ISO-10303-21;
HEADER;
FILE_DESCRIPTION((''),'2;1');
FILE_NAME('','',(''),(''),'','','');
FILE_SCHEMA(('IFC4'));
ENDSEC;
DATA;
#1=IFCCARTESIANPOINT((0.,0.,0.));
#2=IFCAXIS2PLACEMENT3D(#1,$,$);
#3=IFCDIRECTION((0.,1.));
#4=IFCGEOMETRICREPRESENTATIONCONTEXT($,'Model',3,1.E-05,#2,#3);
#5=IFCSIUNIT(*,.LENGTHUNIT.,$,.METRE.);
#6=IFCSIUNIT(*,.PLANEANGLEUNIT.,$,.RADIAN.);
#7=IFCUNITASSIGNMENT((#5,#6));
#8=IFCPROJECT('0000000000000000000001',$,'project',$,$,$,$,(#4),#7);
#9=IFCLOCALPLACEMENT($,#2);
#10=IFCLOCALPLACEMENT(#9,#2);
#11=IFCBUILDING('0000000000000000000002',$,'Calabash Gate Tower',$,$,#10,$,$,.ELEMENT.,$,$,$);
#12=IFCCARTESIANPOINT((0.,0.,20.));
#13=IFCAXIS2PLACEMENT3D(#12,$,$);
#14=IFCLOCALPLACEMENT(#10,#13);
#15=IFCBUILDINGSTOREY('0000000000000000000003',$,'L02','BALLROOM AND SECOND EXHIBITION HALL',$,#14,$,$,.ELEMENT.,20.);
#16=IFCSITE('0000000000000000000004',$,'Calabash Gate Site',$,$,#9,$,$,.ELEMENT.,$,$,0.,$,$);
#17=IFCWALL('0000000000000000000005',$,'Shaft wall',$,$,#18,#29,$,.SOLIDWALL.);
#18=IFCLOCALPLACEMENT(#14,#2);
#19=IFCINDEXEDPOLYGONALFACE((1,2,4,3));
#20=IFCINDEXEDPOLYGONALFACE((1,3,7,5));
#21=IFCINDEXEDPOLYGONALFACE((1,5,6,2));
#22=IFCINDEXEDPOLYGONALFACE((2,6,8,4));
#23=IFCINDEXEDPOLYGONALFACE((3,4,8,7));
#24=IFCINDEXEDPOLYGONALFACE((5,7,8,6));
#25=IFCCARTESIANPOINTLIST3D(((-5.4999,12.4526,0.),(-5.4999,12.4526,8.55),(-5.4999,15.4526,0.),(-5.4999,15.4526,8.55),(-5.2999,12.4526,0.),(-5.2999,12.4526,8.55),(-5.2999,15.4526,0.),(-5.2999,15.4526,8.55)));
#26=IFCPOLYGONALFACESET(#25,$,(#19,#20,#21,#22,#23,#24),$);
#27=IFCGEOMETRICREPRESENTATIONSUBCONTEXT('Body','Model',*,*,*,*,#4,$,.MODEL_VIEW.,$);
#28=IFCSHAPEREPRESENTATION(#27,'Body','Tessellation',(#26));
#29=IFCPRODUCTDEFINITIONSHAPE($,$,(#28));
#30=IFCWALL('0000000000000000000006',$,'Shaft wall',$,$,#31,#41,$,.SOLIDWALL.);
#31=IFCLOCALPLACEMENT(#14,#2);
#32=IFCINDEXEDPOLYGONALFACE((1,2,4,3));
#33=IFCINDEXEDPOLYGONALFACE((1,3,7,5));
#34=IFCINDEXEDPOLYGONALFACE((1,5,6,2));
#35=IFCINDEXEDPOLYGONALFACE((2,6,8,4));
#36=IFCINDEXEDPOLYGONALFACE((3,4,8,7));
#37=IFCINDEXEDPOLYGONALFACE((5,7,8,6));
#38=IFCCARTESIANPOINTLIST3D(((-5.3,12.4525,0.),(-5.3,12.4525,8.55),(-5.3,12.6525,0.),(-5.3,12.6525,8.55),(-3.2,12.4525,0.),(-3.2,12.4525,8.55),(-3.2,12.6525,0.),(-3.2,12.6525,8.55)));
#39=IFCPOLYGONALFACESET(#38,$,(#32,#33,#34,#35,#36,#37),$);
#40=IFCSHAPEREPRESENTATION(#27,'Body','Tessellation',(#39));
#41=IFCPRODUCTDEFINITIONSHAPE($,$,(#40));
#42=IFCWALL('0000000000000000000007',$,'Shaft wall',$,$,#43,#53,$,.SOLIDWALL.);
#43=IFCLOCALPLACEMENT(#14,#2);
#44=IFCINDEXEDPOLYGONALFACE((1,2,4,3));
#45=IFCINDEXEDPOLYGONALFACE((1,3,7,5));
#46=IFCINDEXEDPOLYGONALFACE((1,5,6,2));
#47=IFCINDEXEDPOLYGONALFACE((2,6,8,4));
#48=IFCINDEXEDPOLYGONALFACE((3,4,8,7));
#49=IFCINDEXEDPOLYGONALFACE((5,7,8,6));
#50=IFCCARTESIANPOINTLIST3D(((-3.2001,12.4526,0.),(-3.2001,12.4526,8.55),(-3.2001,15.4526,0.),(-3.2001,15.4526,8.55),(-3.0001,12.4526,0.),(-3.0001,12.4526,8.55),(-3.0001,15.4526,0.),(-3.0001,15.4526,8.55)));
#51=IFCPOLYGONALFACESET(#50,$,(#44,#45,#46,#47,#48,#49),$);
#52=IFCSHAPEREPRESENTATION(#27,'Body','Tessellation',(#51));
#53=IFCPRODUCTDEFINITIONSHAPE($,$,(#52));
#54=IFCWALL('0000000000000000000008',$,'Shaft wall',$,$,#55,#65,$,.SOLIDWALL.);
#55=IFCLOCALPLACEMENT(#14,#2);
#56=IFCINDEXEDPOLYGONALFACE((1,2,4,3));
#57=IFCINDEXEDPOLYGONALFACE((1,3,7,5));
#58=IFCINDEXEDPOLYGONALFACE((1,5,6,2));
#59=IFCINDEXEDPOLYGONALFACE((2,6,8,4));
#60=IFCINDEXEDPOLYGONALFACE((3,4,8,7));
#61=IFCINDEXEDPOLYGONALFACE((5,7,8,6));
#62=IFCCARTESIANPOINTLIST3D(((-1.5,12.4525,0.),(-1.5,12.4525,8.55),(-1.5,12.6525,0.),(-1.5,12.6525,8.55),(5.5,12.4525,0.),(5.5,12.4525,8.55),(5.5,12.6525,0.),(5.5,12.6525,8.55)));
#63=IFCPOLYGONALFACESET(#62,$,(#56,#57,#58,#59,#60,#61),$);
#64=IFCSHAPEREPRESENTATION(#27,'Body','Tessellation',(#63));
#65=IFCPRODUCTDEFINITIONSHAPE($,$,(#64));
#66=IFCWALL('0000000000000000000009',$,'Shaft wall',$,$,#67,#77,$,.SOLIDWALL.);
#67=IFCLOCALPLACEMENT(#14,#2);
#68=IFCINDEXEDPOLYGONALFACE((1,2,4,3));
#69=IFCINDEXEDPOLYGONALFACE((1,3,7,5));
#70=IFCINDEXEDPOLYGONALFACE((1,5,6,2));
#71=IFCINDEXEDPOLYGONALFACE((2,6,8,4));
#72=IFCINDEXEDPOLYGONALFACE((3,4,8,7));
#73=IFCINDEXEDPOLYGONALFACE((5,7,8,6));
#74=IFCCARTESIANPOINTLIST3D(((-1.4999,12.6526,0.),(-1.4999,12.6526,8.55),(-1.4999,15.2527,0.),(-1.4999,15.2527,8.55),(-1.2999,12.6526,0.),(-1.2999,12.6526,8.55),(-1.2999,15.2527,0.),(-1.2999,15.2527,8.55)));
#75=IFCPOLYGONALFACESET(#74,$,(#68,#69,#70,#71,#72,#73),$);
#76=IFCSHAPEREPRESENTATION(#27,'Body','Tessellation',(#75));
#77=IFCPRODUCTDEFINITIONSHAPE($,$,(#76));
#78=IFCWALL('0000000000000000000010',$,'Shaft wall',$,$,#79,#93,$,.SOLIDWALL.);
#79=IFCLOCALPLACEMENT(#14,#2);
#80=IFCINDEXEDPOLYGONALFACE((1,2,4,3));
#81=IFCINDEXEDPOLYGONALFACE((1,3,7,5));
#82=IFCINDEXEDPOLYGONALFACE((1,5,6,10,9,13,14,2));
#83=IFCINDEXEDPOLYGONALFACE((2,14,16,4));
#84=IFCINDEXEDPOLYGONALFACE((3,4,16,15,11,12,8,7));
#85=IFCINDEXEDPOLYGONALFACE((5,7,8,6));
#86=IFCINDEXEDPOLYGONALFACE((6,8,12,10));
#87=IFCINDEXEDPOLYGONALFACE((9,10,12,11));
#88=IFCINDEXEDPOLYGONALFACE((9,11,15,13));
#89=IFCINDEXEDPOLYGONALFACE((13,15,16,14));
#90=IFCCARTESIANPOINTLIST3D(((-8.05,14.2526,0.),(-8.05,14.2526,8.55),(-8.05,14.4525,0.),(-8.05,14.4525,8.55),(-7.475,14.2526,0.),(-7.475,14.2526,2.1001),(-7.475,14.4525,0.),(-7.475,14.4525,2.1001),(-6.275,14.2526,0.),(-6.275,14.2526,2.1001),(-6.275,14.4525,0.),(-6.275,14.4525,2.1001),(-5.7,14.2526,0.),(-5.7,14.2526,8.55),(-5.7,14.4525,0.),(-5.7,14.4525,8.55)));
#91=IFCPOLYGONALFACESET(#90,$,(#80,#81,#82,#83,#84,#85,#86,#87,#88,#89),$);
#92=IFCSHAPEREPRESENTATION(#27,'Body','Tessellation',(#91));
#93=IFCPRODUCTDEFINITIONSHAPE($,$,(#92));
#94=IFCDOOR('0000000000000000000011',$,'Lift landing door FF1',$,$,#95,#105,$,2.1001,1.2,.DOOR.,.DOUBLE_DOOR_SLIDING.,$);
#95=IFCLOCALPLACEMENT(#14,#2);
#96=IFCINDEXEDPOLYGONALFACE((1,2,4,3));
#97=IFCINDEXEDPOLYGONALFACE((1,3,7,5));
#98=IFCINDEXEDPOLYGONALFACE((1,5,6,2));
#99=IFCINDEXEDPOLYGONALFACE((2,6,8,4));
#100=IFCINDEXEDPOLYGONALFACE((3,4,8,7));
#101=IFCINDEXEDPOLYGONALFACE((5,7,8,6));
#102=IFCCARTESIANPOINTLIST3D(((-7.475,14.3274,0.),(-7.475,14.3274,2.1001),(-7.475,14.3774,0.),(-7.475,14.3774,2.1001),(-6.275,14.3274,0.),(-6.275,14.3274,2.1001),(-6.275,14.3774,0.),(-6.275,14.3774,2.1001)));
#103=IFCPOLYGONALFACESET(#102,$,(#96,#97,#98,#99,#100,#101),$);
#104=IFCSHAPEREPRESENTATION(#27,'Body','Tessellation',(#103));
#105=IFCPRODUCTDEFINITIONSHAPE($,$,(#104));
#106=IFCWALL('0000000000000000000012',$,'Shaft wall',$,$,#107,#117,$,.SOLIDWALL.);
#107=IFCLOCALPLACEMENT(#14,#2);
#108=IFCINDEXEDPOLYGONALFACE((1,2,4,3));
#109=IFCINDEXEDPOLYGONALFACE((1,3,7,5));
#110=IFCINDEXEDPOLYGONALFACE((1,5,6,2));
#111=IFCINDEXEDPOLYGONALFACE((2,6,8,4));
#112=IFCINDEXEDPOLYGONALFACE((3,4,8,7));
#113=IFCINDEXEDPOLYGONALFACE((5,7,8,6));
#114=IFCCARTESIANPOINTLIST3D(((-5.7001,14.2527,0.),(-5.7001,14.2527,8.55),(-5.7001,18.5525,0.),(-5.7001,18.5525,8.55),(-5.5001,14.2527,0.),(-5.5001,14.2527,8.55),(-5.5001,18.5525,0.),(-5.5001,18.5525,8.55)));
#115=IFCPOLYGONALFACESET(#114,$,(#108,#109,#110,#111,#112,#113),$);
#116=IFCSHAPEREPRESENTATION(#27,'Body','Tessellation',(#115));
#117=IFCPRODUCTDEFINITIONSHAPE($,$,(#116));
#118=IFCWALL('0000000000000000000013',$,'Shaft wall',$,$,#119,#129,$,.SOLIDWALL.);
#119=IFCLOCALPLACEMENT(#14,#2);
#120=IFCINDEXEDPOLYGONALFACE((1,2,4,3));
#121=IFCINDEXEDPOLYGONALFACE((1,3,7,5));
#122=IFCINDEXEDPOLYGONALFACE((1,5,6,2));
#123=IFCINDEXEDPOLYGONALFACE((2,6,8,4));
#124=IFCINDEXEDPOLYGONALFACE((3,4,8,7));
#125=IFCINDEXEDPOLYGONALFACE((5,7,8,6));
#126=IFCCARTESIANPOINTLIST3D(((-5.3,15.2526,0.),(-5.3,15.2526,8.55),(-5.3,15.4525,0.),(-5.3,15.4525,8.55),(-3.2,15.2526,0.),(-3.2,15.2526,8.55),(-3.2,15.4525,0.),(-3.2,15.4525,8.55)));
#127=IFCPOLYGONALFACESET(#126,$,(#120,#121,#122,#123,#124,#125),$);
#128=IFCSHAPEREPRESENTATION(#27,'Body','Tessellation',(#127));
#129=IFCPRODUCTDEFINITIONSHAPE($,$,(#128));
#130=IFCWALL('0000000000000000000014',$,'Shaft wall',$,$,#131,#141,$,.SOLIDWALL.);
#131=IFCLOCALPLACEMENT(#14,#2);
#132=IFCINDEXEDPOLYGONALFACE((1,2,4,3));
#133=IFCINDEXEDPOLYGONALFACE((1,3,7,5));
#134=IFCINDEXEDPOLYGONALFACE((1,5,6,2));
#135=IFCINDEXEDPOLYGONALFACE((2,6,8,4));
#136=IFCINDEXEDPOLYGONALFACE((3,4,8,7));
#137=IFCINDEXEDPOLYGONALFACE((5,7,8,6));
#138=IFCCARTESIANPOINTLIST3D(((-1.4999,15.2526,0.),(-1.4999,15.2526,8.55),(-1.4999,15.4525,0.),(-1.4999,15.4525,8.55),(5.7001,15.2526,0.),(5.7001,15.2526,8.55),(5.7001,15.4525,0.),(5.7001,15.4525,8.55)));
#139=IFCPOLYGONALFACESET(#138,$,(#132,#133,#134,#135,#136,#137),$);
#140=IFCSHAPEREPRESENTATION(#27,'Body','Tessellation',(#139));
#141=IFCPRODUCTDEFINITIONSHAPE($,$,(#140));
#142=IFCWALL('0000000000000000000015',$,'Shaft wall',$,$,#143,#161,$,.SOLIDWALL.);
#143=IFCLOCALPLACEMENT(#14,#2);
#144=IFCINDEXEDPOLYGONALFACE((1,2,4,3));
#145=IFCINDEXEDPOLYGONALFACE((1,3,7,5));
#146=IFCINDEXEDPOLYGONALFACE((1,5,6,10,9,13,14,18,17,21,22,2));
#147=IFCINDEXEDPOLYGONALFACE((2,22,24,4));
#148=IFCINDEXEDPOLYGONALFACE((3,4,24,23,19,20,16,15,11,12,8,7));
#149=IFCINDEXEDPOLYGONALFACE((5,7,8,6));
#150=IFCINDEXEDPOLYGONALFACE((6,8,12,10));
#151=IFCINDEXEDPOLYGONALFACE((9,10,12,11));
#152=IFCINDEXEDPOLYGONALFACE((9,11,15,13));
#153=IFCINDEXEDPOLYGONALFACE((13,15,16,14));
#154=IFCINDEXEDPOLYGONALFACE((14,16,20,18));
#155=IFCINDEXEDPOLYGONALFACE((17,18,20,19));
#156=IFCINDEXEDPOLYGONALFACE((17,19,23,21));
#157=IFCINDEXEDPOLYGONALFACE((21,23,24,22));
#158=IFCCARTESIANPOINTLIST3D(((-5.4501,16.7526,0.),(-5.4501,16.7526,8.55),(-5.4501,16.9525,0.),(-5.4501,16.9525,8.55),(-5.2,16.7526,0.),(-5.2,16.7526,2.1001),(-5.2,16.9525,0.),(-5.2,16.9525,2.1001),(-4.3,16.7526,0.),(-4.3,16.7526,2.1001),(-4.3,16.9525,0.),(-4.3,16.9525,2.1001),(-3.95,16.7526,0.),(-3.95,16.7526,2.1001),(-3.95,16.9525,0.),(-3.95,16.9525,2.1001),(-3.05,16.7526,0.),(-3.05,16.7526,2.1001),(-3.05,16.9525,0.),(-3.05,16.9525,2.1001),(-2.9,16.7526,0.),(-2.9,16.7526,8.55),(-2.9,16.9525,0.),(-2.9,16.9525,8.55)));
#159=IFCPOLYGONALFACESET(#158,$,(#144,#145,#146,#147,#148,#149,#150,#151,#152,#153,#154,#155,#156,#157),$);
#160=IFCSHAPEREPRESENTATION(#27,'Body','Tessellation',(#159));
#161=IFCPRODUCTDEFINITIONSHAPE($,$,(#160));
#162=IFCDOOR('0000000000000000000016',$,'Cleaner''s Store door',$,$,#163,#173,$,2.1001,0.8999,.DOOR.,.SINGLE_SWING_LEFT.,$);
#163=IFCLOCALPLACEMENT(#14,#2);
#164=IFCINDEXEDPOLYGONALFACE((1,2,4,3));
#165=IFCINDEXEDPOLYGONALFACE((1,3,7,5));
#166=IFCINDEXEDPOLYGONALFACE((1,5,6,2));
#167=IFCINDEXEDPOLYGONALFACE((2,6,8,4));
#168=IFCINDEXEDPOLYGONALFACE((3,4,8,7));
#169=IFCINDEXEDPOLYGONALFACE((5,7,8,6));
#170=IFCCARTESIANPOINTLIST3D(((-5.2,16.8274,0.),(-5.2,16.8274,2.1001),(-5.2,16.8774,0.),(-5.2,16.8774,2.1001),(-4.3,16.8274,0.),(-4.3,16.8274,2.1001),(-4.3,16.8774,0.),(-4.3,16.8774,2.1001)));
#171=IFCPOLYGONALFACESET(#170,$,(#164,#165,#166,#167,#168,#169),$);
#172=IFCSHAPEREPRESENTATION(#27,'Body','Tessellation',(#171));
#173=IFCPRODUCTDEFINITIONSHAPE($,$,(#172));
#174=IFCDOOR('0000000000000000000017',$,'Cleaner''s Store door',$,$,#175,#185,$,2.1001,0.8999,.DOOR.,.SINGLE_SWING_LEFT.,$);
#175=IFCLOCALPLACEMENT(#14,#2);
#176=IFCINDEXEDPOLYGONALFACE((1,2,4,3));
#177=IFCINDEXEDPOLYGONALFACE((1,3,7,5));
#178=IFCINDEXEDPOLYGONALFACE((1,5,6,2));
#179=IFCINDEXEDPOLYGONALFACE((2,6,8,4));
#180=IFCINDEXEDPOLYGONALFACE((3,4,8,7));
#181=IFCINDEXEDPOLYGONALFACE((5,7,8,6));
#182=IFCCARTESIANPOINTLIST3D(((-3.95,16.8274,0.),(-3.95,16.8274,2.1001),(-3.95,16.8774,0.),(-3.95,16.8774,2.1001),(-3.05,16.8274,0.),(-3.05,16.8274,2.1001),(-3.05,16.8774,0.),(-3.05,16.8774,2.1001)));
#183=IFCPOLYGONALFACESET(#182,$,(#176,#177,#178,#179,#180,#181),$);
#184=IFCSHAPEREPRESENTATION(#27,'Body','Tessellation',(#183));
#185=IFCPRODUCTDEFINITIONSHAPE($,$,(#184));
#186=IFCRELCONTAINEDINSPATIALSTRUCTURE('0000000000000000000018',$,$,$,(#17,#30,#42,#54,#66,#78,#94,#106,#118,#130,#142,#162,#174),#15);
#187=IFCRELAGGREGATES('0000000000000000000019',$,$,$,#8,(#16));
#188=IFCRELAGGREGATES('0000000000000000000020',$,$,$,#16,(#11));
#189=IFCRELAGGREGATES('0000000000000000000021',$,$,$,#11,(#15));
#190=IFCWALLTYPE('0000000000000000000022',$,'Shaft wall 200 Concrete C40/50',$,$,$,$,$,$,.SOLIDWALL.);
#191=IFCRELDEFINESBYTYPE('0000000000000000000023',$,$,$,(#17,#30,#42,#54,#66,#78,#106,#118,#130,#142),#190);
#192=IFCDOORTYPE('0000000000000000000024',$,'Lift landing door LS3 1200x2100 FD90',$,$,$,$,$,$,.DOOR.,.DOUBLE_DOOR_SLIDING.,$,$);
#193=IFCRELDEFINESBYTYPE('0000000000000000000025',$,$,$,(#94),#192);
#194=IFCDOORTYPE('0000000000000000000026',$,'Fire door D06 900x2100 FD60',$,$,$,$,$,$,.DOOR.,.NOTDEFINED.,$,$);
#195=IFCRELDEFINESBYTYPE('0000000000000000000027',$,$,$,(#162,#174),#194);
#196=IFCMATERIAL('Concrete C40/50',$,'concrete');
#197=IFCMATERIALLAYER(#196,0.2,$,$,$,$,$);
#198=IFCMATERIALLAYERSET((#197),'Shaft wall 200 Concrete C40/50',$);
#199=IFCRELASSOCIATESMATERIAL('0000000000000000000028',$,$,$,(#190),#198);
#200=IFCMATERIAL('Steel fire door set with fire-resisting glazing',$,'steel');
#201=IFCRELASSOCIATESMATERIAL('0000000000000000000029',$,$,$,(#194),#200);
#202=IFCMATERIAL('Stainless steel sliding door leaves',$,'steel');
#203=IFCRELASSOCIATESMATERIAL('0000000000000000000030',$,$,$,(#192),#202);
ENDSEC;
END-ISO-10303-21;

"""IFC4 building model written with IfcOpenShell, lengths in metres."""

from ifc_helpers import new_model, si_unit, direction, frame, frame_2d, origin, place, context, subcontext, project, spatial, rectangle, extrude, material, layer, layer_set, type_object, element, fill, save


model = new_model("IFC4")

# Units and contexts
model_context = context("Model", 3, precision=1e-05, world=origin(), true_north=direction((0.0, 1.0)))
body_context = subcontext(model_context, "Body", "Model", "MODEL_VIEW")
ifc_project = project(units=[si_unit("LENGTHUNIT", "METRE"), si_unit("PLANEANGLEUNIT", "RADIAN")], contexts=[model_context])

# Site, building, storey
site_placement = place(None, origin())
site = spatial("IfcSite", under=ifc_project, at=site_placement, Name="Calabash Gate Site", CompositionType="ELEMENT", RefElevation=0.0)
building_placement = place(site_placement, origin())
building = spatial("IfcBuilding", under=site, at=building_placement, Name="Calabash Gate Tower", CompositionType="ELEMENT")
storey_placement = place(building_placement, frame((0.0, 0.0, 20.0)))
storey = spatial("IfcBuildingStorey", under=building, at=storey_placement, Name="L02", Description="BALLROOM AND SECOND EXHIBITION HALL", CompositionType="ELEMENT", Elevation=20.0)

# Shared definitions
ifc_material_1 = material(Name="Concrete C40/50", Category="concrete")
ifc_layer_1 = layer(ifc_material_1, 0.2)
ifc_layer_set_1 = layer_set([ifc_layer_1], Name="Shaft wall 200 Concrete C40/50")
wall_type_1 = type_object("IfcWallType", Name="Shaft wall 200 Concrete C40/50", PredefinedType="SOLIDWALL", material=ifc_layer_set_1)
ifc_material_2 = material(Name="Steel fire door set with fire-resisting glazing", Category="steel")
door_type_1 = type_object("IfcDoorType", Name="Fire door D06 900x2100 FD60", OperationType="NOTDEFINED", PredefinedType="DOOR", material=ifc_material_2)

# Walls
wall_1_placement = place(storey_placement, frame((-5.3999, 12.4526, 0.0), z_axis=(0.0, 0.0, 1.0), x_axis=(0.0, 1.0, 0.0)))
element("IfcWall", 1, at=wall_1_placement, inside=storey, type_object=wall_type_1, Name="Shaft wall", PredefinedType="SOLIDWALL", context=body_context, shape_type="SweptSolid", body=[
    extrude(rectangle(XDim=3.0, YDim=0.2, at=frame_2d((1.5, 0.0))), origin(), (0.0, 0.0, 1.0), 8.55),
])
wall_2_placement = place(storey_placement, frame((-5.3, 12.5525, 0.0), z_axis=(0.0, 0.0, 1.0), x_axis=(1.0, 0.0, 0.0)))
element("IfcWall", 2, at=wall_2_placement, inside=storey, type_object=wall_type_1, Name="Shaft wall", PredefinedType="SOLIDWALL", context=body_context, shape_type="SweptSolid", body=[
    extrude(rectangle(XDim=2.1001, YDim=0.2, at=frame_2d((1.05, 0.0))), origin(), (0.0, 0.0, 1.0), 8.55),
])
wall_3_placement = place(storey_placement, frame((-3.1001, 12.4526, 0.0), z_axis=(0.0, 0.0, 1.0), x_axis=(0.0, 1.0, 0.0)))
element("IfcWall", 3, at=wall_3_placement, inside=storey, type_object=wall_type_1, Name="Shaft wall", PredefinedType="SOLIDWALL", context=body_context, shape_type="SweptSolid", body=[
    extrude(rectangle(XDim=3.0, YDim=0.2, at=frame_2d((1.5, 0.0))), origin(), (0.0, 0.0, 1.0), 8.55),
])
wall_4_placement = place(storey_placement, frame((-1.5, 12.5525, 0.0), z_axis=(0.0, 0.0, 1.0), x_axis=(1.0, 0.0, 0.0)))
element("IfcWall", 4, at=wall_4_placement, inside=storey, type_object=wall_type_1, Name="Shaft wall", PredefinedType="SOLIDWALL", context=body_context, shape_type="SweptSolid", body=[
    extrude(rectangle(XDim=7.0, YDim=0.2, at=frame_2d((3.5, 0.0))), origin(), (0.0, 0.0, 1.0), 8.55),
])
wall_5_placement = place(storey_placement, frame((-1.3999, 12.6526, 0.0), z_axis=(0.0, 0.0, 1.0), x_axis=(0.0, 1.0, 0.0)))
element("IfcWall", 5, at=wall_5_placement, inside=storey, type_object=wall_type_1, Name="Shaft wall", PredefinedType="SOLIDWALL", context=body_context, shape_type="SweptSolid", body=[
    extrude(rectangle(XDim=2.6001, YDim=0.2, at=frame_2d((1.3, 0.0))), origin(), (0.0, 0.0, 1.0), 8.55),
])

# Wall, opening, door
wall_6_placement = place(storey_placement, frame((-8.05, 14.3525, 0.0), z_axis=(0.0, 0.0, 1.0), x_axis=(1.0, 0.0, 0.0)))
wall_6 = element("IfcWall", 6, at=wall_6_placement, inside=storey, type_object=wall_type_1, Name="Shaft wall", PredefinedType="SOLIDWALL", context=body_context, shape_type="SweptSolid", body=[
    extrude(rectangle(XDim=2.3501, YDim=0.2, at=frame_2d((1.175, 0.0))), origin(), (0.0, 0.0, 1.0), 8.55),
])
opening_1_placement = place(wall_6_placement, frame((0.575, 0.0, 0.0)))
opening_1 = element("IfcOpeningElement", 7, at=opening_1_placement, cuts=wall_6, PredefinedType="OPENING", context=body_context, shape_type="SweptSolid", body=[
    extrude(rectangle(XDim=1.2, YDim=2.1001, at=frame_2d((0.6001, 1.05))), frame((0.0, 0.1099, 0.0), z_axis=(0.0, -1.0, 0.0), x_axis=(1.0, 0.0, 0.0)), (0.0, 0.0, 1.0), 0.22),
])
ifc_material_3 = material(Name="Stainless steel sliding door leaves", Category="steel")
door_type_2 = type_object("IfcDoorType", Name="Lift landing door LS3 1200x2100 FD90", OperationType="DOUBLE_DOOR_SLIDING", PredefinedType="DOOR", material=ifc_material_3)
door_1_placement = place(opening_1_placement, origin())
door_1 = element("IfcDoor", 8, at=door_1_placement, inside=storey, type_object=door_type_2, Name="Lift landing door FF1", OperationType="DOUBLE_DOOR_SLIDING", OverallHeight=2.1001, OverallWidth=1.2, PredefinedType="DOOR", context=body_context, shape_type="SweptSolid", body=[
    extrude(rectangle(XDim=1.2, YDim=2.1001, at=frame_2d((0.6001, 1.05))), frame((0.0, 0.0249, 0.0), z_axis=(0.0, -1.0, 0.0), x_axis=(1.0, 0.0, 0.0)), (0.0, 0.0, 1.0), 0.05),
])
fill(opening_1, door_1)

# Walls
wall_7_placement = place(storey_placement, frame((-5.6001, 14.2527, 0.0), z_axis=(0.0, 0.0, 1.0), x_axis=(0.0, 1.0, 0.0)))
element("IfcWall", 9, at=wall_7_placement, inside=storey, type_object=wall_type_1, Name="Shaft wall", PredefinedType="SOLIDWALL", context=body_context, shape_type="SweptSolid", body=[
    extrude(rectangle(XDim=4.2998, YDim=0.2, at=frame_2d((2.1499, 0.0))), origin(), (0.0, 0.0, 1.0), 8.55),
])
wall_8_placement = place(storey_placement, frame((-5.3, 15.3525, 0.0), z_axis=(0.0, 0.0, 1.0), x_axis=(1.0, 0.0, 0.0)))
element("IfcWall", 10, at=wall_8_placement, inside=storey, type_object=wall_type_1, Name="Shaft wall", PredefinedType="SOLIDWALL", context=body_context, shape_type="SweptSolid", body=[
    extrude(rectangle(XDim=2.1001, YDim=0.2, at=frame_2d((1.05, 0.0))), origin(), (0.0, 0.0, 1.0), 8.55),
])
wall_9_placement = place(storey_placement, frame((-1.5, 15.3525, 0.0), z_axis=(0.0, 0.0, 1.0), x_axis=(1.0, 0.0, 0.0)))
element("IfcWall", 11, at=wall_9_placement, inside=storey, type_object=wall_type_1, Name="Shaft wall", PredefinedType="SOLIDWALL", context=body_context, shape_type="SweptSolid", body=[
    extrude(rectangle(XDim=7.2, YDim=0.2, at=frame_2d((3.6001, 0.0))), origin(), (0.0, 0.0, 1.0), 8.55),
])

# Wall, openings, doors
wall_10_placement = place(storey_placement, frame((-5.45, 16.8525, 0.0), z_axis=(0.0, 0.0, 1.0), x_axis=(1.0, 0.0, 0.0)))
wall_10 = element("IfcWall", 12, at=wall_10_placement, inside=storey, type_object=wall_type_1, Name="Shaft wall", PredefinedType="SOLIDWALL", context=body_context, shape_type="SweptSolid", body=[
    extrude(rectangle(XDim=2.55, YDim=0.2, at=frame_2d((1.2749, 0.0))), origin(), (0.0, 0.0, 1.0), 8.55),
])
opening_2_placement = place(wall_10_placement, frame((0.25, 0.0, 0.0)))
opening_2 = element("IfcOpeningElement", 13, at=opening_2_placement, cuts=wall_10, PredefinedType="OPENING", context=body_context, shape_type="SweptSolid", body=[
    extrude(rectangle(XDim=0.8999, YDim=2.1001, at=frame_2d((0.45, 1.05))), frame((0.0, 0.1099, 0.0), z_axis=(0.0, -1.0, 0.0), x_axis=(1.0, 0.0, 0.0)), (0.0, 0.0, 1.0), 0.22),
])
opening_3_placement = place(wall_10_placement, frame((1.5, 0.0, 0.0)))
opening_3 = element("IfcOpeningElement", 14, at=opening_3_placement, cuts=wall_10, PredefinedType="OPENING", context=body_context, shape_type="SweptSolid", body=[
    extrude(rectangle(XDim=0.8999, YDim=2.1001, at=frame_2d((0.45, 1.05))), frame((0.0, 0.1099, 0.0), z_axis=(0.0, -1.0, 0.0), x_axis=(1.0, 0.0, 0.0)), (0.0, 0.0, 1.0), 0.22),
])
door_2_placement = place(opening_2_placement, origin())
door_2 = element("IfcDoor", 15, at=door_2_placement, inside=storey, type_object=door_type_1, Name="Cleaner's Store door", OperationType="SINGLE_SWING_LEFT", OverallHeight=2.1001, OverallWidth=0.8999, PredefinedType="DOOR", context=body_context, shape_type="SweptSolid", body=[
    extrude(rectangle(XDim=0.8999, YDim=2.1001, at=frame_2d((0.45, 1.05))), frame((0.0, 0.0249, 0.0), z_axis=(0.0, -1.0, 0.0), x_axis=(1.0, 0.0, 0.0)), (0.0, 0.0, 1.0), 0.05),
])
fill(opening_2, door_2)
door_3_placement = place(opening_3_placement, origin())
door_3 = element("IfcDoor", 16, at=door_3_placement, inside=storey, type_object=door_type_1, Name="Cleaner's Store door", OperationType="SINGLE_SWING_LEFT", OverallHeight=2.1001, OverallWidth=0.8999, PredefinedType="DOOR", context=body_context, shape_type="SweptSolid", body=[
    extrude(rectangle(XDim=0.8999, YDim=2.1001, at=frame_2d((0.45, 1.05))), frame((0.0, 0.0249, 0.0), z_axis=(0.0, -1.0, 0.0), x_axis=(1.0, 0.0, 0.0)), (0.0, 0.0, 1.0), 0.05),
])
fill(opening_3, door_3)

save(model, "model.ifc")
